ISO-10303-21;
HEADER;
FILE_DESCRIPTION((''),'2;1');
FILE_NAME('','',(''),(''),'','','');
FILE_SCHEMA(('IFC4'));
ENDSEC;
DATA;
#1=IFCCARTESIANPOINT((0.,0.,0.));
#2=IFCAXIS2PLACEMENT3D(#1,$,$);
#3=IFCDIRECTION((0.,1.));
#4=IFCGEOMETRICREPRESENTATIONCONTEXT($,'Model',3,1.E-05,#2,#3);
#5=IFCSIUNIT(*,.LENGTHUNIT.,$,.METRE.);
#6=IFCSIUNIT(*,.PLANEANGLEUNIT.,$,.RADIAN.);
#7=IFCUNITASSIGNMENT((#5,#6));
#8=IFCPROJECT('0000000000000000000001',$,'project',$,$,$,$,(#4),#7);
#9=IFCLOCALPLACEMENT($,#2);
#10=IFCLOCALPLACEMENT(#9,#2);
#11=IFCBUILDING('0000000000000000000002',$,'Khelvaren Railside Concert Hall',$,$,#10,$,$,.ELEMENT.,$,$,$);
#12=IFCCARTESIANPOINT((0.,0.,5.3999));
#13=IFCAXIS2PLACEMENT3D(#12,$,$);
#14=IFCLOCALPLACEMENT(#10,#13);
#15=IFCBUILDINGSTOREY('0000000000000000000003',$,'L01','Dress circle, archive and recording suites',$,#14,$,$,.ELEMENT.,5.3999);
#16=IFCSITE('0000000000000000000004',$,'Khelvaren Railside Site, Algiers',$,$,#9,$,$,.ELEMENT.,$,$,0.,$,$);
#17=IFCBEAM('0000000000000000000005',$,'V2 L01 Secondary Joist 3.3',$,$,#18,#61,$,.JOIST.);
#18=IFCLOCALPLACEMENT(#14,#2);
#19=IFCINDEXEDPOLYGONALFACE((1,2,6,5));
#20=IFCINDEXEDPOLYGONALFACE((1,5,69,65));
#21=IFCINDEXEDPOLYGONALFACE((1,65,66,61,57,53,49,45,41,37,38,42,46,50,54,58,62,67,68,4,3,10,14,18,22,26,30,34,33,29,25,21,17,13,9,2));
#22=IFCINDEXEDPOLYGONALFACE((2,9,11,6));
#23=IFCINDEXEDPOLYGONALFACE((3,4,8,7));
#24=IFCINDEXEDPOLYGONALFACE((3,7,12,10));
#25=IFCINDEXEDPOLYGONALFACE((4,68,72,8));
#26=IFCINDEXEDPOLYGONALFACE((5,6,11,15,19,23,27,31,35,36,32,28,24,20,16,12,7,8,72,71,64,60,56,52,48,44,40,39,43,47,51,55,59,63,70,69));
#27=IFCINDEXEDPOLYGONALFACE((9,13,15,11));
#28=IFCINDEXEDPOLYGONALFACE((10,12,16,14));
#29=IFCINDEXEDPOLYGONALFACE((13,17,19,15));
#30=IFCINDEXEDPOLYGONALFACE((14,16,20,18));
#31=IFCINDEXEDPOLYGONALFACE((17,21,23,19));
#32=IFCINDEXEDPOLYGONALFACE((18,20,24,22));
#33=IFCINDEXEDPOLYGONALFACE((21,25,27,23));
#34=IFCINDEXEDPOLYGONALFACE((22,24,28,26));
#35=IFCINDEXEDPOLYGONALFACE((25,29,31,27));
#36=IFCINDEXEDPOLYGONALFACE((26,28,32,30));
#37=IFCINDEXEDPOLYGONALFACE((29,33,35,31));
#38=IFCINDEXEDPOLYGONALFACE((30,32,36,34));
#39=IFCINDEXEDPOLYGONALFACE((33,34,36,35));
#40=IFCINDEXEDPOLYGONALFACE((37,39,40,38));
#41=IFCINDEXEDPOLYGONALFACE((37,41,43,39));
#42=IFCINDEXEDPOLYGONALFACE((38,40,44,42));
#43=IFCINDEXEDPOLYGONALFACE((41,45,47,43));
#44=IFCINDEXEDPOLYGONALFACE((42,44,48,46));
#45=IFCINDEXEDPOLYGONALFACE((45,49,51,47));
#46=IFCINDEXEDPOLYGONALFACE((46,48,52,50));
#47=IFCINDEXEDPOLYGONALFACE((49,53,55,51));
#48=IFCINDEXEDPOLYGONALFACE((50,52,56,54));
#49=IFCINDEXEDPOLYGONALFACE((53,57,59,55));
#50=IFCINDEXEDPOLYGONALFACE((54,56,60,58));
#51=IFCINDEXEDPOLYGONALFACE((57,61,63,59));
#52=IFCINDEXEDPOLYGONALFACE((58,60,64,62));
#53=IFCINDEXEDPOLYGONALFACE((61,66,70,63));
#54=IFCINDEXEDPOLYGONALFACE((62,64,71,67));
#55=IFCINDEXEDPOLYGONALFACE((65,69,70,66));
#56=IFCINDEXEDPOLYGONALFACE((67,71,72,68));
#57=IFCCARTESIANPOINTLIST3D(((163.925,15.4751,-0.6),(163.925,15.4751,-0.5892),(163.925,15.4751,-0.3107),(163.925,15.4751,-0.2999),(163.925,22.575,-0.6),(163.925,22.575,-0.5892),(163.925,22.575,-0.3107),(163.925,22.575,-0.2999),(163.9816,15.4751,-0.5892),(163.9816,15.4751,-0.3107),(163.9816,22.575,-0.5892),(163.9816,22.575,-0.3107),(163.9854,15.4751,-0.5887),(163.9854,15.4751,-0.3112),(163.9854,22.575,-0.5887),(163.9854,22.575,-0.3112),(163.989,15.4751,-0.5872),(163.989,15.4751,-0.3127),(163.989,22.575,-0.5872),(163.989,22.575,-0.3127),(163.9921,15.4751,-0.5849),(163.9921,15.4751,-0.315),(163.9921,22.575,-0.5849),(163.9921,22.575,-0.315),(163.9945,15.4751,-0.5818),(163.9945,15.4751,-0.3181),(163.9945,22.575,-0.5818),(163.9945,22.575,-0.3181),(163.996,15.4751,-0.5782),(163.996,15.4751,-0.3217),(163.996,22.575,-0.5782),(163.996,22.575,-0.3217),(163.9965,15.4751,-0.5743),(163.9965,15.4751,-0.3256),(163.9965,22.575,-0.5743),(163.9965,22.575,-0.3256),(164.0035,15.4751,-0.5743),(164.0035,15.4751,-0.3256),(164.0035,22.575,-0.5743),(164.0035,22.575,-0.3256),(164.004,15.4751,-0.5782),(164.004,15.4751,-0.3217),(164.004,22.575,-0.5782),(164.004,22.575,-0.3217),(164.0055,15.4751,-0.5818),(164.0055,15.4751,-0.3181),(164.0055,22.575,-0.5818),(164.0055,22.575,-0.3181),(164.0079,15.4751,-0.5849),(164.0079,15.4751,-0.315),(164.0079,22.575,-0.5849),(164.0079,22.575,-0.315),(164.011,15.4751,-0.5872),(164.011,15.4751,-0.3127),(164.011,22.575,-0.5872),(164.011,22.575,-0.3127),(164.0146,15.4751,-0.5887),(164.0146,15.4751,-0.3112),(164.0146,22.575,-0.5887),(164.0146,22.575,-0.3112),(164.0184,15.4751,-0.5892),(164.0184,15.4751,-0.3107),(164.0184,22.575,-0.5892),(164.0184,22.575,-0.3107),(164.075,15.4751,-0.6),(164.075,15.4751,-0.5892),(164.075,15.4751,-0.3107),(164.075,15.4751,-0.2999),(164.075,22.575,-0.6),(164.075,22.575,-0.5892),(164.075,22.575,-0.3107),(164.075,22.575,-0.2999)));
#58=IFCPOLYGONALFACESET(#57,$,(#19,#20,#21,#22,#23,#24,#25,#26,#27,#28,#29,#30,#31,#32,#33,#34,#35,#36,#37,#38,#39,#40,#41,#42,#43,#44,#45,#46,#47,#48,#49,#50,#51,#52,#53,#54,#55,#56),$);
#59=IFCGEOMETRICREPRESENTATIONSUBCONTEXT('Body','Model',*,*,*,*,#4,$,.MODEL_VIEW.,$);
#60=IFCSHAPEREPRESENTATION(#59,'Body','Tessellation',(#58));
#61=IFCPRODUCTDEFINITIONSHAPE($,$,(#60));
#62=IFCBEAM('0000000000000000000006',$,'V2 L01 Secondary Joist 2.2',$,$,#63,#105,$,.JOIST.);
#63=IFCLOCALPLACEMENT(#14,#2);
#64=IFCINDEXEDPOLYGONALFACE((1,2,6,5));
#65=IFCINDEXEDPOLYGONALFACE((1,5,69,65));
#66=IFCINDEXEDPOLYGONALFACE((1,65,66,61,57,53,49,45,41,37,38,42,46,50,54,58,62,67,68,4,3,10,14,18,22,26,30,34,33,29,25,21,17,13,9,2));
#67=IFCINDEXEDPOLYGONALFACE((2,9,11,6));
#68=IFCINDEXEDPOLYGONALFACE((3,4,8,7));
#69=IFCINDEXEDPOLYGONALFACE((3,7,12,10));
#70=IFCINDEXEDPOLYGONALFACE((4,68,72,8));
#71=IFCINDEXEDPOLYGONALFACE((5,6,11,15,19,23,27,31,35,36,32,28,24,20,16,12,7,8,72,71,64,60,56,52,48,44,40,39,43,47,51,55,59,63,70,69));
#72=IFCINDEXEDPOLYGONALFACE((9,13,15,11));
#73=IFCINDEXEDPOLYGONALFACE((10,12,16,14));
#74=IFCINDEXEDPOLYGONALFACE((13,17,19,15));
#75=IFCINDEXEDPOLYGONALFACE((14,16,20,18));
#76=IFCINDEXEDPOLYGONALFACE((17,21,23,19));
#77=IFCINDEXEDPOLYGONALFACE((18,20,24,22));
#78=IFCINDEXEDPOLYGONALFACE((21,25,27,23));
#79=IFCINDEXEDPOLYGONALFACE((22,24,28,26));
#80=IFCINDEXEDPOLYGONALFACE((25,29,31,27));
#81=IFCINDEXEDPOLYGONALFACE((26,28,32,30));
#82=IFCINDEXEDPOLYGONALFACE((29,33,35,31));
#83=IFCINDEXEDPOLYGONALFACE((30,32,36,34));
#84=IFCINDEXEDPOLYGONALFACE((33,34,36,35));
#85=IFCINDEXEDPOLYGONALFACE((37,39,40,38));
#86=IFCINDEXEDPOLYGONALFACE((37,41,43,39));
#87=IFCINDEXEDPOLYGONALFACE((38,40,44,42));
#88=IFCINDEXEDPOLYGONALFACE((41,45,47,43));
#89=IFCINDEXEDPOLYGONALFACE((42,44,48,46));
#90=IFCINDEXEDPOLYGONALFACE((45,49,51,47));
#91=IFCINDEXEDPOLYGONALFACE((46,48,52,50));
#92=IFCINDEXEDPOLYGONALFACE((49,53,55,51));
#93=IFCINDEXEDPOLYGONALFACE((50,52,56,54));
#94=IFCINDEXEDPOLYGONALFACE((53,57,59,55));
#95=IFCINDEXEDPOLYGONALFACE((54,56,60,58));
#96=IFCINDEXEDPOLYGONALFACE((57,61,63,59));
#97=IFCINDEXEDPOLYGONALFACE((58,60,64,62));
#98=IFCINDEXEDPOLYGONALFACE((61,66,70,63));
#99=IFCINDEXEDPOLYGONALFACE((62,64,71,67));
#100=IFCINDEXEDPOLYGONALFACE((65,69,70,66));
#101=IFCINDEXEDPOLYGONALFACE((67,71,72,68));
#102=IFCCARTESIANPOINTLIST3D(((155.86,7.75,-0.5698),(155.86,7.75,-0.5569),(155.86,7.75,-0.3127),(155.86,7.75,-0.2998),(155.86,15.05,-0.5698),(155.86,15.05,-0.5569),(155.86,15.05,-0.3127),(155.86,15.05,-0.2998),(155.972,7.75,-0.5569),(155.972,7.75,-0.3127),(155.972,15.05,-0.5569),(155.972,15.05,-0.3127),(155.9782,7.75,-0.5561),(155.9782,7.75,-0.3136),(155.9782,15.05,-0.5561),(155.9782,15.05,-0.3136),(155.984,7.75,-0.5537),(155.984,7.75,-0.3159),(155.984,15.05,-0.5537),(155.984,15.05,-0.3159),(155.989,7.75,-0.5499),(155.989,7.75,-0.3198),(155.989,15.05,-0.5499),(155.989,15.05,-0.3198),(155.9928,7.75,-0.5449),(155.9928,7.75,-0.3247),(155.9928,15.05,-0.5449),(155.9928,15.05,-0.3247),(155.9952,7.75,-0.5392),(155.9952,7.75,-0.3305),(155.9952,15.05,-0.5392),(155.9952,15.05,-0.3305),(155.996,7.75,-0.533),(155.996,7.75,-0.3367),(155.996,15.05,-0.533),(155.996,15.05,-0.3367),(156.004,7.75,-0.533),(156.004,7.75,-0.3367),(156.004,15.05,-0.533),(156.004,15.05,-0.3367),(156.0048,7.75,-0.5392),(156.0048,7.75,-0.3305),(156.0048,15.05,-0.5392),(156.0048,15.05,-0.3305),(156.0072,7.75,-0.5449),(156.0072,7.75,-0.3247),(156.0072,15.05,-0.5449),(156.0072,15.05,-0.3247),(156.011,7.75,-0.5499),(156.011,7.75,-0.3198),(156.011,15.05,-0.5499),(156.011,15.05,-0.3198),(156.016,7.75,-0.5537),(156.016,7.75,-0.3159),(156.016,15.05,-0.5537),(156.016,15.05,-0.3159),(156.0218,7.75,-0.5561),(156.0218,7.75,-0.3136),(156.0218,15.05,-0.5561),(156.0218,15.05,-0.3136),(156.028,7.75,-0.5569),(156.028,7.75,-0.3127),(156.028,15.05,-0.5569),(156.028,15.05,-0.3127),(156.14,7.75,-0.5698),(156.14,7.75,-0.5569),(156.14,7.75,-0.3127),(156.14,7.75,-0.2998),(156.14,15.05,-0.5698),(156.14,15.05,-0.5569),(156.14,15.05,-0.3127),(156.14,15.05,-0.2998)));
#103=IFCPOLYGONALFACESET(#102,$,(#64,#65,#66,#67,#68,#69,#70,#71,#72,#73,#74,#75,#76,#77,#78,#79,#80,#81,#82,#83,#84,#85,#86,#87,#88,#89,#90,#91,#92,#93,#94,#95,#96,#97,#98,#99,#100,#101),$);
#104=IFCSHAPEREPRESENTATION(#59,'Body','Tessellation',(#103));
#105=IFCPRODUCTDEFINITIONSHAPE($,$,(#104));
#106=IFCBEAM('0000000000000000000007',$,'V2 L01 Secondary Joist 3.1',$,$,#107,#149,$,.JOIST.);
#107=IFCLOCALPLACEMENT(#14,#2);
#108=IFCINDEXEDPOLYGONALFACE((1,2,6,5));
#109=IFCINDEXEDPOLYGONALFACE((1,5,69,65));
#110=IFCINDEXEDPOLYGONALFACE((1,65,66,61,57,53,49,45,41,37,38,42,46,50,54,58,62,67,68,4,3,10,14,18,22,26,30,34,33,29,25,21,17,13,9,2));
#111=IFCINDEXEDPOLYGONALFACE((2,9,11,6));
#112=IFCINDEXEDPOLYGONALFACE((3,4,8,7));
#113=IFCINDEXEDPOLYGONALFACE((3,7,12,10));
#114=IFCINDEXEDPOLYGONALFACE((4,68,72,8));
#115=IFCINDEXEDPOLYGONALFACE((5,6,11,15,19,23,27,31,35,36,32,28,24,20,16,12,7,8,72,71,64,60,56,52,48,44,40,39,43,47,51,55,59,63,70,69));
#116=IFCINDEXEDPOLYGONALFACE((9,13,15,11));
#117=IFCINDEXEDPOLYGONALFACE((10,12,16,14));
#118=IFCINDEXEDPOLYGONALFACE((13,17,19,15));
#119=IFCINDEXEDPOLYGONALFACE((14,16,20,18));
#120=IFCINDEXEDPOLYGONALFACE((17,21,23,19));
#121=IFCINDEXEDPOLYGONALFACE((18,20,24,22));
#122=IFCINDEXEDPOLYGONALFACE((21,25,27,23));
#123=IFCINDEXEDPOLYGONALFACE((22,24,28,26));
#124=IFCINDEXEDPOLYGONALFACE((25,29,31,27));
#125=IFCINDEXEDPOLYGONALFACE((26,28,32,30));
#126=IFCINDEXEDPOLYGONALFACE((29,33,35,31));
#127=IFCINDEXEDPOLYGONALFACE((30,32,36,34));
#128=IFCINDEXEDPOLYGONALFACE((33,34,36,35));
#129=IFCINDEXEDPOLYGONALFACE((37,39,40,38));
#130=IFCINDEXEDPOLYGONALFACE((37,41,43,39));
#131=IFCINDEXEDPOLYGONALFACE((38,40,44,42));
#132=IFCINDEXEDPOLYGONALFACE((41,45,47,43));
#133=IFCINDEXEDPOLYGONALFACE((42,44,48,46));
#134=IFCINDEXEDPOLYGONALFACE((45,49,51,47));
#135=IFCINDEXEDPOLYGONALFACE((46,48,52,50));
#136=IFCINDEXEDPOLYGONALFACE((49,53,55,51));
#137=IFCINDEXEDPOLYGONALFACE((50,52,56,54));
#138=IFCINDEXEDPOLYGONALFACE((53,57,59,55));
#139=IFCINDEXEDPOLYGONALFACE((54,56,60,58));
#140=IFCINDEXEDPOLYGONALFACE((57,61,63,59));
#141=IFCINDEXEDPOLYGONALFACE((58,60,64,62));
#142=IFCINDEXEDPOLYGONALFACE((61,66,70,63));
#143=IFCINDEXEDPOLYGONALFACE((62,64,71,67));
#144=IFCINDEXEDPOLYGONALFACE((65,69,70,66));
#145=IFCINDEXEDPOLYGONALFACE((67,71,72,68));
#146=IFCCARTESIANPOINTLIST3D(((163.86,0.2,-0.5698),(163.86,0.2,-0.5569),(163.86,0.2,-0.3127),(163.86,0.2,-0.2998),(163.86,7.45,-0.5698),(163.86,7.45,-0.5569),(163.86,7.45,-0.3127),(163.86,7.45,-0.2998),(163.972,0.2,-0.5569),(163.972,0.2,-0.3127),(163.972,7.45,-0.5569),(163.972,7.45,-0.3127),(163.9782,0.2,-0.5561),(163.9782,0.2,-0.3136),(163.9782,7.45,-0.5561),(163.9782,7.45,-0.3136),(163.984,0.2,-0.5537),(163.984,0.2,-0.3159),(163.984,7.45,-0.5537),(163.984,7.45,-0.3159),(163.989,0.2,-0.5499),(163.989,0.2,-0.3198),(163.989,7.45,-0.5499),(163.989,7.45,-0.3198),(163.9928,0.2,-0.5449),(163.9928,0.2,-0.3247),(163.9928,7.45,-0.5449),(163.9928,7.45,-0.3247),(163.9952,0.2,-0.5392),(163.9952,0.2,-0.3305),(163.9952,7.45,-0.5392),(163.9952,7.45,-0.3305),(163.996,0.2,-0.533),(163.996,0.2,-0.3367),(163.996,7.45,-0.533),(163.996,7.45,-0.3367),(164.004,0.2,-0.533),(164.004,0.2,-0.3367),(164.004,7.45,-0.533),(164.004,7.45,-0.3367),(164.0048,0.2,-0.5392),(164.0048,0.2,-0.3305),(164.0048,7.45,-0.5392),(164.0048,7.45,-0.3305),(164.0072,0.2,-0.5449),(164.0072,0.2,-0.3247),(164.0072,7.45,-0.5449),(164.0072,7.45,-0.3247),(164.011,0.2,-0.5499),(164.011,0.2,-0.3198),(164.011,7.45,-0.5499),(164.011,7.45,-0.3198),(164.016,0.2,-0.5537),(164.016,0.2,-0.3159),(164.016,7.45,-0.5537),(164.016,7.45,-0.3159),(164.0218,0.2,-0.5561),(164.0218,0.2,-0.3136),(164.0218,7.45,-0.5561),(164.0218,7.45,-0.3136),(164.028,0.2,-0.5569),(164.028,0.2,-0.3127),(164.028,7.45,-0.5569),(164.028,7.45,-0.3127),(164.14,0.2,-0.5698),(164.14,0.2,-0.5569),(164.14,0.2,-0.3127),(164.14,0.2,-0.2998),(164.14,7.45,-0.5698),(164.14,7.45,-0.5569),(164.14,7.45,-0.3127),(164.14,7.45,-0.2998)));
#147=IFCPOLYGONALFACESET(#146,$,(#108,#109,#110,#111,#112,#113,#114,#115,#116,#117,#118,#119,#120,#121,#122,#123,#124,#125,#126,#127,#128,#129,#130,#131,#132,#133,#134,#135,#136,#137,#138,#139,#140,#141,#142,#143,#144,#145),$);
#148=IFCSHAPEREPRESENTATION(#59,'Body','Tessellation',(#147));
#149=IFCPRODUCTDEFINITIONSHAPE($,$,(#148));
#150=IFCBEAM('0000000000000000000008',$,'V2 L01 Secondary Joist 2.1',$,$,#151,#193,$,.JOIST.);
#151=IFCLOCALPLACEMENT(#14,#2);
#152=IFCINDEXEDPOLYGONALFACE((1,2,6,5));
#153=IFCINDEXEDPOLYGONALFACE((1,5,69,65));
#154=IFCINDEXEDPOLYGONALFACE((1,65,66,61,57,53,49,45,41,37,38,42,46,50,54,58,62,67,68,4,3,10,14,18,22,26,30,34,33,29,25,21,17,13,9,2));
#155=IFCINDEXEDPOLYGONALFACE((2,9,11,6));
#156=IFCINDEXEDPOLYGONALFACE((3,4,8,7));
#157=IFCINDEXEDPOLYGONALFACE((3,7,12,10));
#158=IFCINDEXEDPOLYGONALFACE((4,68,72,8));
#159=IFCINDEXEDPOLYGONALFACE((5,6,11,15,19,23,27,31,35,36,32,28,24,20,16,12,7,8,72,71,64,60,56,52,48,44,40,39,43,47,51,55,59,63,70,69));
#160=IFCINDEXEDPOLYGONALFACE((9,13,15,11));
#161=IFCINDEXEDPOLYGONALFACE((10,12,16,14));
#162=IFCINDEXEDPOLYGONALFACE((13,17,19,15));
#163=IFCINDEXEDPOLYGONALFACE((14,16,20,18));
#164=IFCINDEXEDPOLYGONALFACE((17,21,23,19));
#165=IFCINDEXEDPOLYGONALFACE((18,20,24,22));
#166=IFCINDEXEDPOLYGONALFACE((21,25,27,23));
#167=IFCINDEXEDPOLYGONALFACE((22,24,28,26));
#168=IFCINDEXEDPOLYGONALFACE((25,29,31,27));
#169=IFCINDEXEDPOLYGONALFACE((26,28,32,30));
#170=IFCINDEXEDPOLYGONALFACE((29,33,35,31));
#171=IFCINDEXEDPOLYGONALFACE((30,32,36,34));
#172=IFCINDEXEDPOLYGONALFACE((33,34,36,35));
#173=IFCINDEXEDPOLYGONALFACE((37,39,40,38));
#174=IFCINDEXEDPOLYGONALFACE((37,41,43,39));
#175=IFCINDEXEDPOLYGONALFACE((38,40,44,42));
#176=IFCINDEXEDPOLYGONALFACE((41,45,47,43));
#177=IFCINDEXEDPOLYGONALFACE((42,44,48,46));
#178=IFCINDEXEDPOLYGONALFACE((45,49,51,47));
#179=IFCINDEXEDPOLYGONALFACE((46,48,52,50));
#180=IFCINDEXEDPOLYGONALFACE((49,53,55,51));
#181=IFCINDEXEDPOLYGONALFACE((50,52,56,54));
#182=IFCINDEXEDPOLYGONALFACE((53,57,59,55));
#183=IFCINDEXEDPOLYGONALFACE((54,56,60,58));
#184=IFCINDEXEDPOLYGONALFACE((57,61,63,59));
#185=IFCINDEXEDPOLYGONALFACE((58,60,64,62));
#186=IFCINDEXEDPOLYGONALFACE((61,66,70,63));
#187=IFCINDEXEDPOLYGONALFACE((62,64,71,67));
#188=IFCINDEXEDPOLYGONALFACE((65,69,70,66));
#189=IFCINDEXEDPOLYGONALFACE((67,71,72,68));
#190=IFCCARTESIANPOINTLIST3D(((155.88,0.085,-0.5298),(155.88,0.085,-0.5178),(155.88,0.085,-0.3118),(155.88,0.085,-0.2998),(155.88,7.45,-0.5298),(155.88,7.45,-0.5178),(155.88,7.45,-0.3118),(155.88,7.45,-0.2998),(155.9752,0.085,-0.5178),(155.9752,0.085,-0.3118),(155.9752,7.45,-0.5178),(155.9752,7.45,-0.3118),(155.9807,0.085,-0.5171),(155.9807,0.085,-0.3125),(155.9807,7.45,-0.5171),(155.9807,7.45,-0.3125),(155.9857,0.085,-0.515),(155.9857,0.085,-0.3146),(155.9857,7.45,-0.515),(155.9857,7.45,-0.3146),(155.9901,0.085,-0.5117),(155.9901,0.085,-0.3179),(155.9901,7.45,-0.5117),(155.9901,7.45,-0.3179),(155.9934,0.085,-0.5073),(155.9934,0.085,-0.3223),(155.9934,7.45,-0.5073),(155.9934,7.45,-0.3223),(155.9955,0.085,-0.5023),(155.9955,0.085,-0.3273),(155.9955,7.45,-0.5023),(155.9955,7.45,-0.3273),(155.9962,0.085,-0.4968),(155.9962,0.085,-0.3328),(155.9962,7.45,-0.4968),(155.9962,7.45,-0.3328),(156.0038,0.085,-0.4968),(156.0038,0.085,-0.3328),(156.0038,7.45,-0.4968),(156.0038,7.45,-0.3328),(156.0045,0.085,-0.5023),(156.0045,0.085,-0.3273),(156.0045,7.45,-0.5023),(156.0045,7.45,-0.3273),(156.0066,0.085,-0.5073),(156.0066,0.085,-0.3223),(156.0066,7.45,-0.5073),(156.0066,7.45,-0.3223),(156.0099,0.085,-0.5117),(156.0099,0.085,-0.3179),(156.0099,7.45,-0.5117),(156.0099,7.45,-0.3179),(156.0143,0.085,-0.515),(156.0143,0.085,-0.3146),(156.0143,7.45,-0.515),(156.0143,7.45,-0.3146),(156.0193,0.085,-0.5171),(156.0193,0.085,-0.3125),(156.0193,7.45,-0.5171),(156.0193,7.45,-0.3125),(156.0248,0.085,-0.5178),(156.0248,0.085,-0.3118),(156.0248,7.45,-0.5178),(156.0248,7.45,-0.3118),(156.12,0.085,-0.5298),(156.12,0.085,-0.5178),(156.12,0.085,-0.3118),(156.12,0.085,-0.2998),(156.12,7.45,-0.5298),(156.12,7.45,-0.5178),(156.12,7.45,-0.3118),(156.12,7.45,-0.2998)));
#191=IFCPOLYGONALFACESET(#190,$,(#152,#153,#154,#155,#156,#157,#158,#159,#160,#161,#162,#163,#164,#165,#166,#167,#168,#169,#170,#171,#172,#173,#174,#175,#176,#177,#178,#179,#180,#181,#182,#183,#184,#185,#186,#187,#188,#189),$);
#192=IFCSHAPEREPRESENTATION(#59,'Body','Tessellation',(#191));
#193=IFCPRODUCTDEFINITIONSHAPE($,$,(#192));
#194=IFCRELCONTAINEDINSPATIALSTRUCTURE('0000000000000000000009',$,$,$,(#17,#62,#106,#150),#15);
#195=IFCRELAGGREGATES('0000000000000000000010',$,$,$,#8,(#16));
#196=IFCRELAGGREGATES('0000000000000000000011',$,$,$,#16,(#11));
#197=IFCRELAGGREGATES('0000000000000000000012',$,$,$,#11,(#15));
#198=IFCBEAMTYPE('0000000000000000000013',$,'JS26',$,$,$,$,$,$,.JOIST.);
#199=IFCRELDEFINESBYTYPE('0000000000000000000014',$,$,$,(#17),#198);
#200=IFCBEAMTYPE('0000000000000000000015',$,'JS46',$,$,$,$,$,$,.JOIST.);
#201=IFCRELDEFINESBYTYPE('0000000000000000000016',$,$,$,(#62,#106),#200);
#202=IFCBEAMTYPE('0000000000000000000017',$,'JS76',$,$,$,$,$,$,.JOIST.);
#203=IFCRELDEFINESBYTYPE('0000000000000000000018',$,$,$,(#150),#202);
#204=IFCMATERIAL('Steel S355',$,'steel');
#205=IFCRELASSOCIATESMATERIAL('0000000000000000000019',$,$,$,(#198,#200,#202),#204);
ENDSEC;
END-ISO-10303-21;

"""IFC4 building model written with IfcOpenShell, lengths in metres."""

from ifc_helpers import new_model, si_unit, direction, frame, origin, origin_2d, place, context, subcontext, project, spatial, i_section, extrude, material, material_profile, profile_set, type_object, element, save


model = new_model("IFC4")

# Units and contexts
model_context = context("Model", 3, precision=1e-05, world=origin(), true_north=direction((0.0, 1.0)))
body_context = subcontext(model_context, "Body", "Model", "MODEL_VIEW")
ifc_project = project(units=[si_unit("LENGTHUNIT", "METRE"), si_unit("PLANEANGLEUNIT", "RADIAN")], contexts=[model_context])

# Site, building, storey
site_placement = place(None, origin())
site = spatial("IfcSite", under=ifc_project, at=site_placement, Name="Khelvaren Railside Site, Algiers", CompositionType="ELEMENT", RefElevation=0.0)
building_placement = place(site_placement, origin())
building = spatial("IfcBuilding", under=site, at=building_placement, Name="Khelvaren Railside Concert Hall", CompositionType="ELEMENT")
storey_placement = place(building_placement, frame((0.0, 0.0, 5.3999)))
storey = spatial("IfcBuildingStorey", under=building, at=storey_placement, Name="L01", Description="Dress circle, archive and recording suites", CompositionType="ELEMENT", Elevation=5.3999)

# Beams
ifc_material_1 = material(Name="Steel S355", Category="steel")
ifc_material_profile_1 = material_profile(ifc_material_1, i_section(OverallWidth=0.1499, OverallDepth=0.3, WebThickness=0.0071, FlangeThickness=0.0107, FilletRadius=0.0149, at=origin_2d()), Name="IPE 300")
ifc_profile_set_1 = profile_set([ifc_material_profile_1], Name="Steel S355")
beam_type_1 = type_object("IfcBeamType", Name="JS26", PredefinedType="JOIST", material=ifc_profile_set_1)
beam_1_placement = place(storey_placement, frame((164.0, 15.4751, -0.45), z_axis=(0.0, 1.0, 0.0), x_axis=(-1.0, 0.0, 0.0)))
element("IfcBeam", 1, at=beam_1_placement, inside=storey, type_object=beam_type_1, Name="V2 L01 Secondary Joist 3.3", PredefinedType="JOIST", context=body_context, shape_type="SweptSolid", body=[
    extrude(i_section(OverallWidth=0.1499, OverallDepth=0.3, WebThickness=0.0071, FlangeThickness=0.0107, FilletRadius=0.0149, at=origin_2d()), origin(), (0.0, 0.0, 1.0), 7.0999),
])
ifc_material_profile_2 = material_profile(ifc_material_1, i_section(OverallWidth=0.28, OverallDepth=0.27, WebThickness=0.0081, FlangeThickness=0.0129, FilletRadius=0.0239, at=origin_2d()), Name="HEA 280")
ifc_profile_set_2 = profile_set([ifc_material_profile_2], Name="Steel S355")
beam_type_2 = type_object("IfcBeamType", Name="JS46", PredefinedType="JOIST", material=ifc_profile_set_2)
beam_2_placement = place(storey_placement, frame((156.0, 7.75, -0.4348), z_axis=(0.0, 1.0, 0.0), x_axis=(-1.0, 0.0, 0.0)))
element("IfcBeam", 2, at=beam_2_placement, inside=storey, type_object=beam_type_2, Name="V2 L01 Secondary Joist 2.2", PredefinedType="JOIST", context=body_context, shape_type="SweptSolid", body=[
    extrude(i_section(OverallWidth=0.28, OverallDepth=0.27, WebThickness=0.0081, FlangeThickness=0.0129, FilletRadius=0.0239, at=origin_2d()), origin(), (0.0, 0.0, 1.0), 7.3),
])
beam_3_placement = place(storey_placement, frame((164.0, 0.2, -0.4348), z_axis=(0.0, 1.0, 0.0), x_axis=(-1.0, 0.0, 0.0)))
element("IfcBeam", 3, at=beam_3_placement, inside=storey, type_object=beam_type_2, Name="V2 L01 Secondary Joist 3.1", PredefinedType="JOIST", context=body_context, shape_type="SweptSolid", body=[
    extrude(i_section(OverallWidth=0.28, OverallDepth=0.27, WebThickness=0.0081, FlangeThickness=0.0129, FilletRadius=0.0239, at=origin_2d()), origin(), (0.0, 0.0, 1.0), 7.25),
])
ifc_material_profile_3 = material_profile(ifc_material_1, i_section(OverallWidth=0.24, OverallDepth=0.23, WebThickness=0.0076, FlangeThickness=0.012, FilletRadius=0.021, at=origin_2d()), Name="HEA 240")
ifc_profile_set_3 = profile_set([ifc_material_profile_3], Name="Steel S355")
beam_type_3 = type_object("IfcBeamType", Name="JS76", PredefinedType="JOIST", material=ifc_profile_set_3)
beam_4_placement = place(storey_placement, frame((156.0, 0.085, -0.4148), z_axis=(0.0, 1.0, 0.0), x_axis=(-1.0, 0.0, 0.0)))
element("IfcBeam", 4, at=beam_4_placement, inside=storey, type_object=beam_type_3, Name="V2 L01 Secondary Joist 2.1", PredefinedType="JOIST", context=body_context, shape_type="SweptSolid", body=[
    extrude(i_section(OverallWidth=0.24, OverallDepth=0.23, WebThickness=0.0076, FlangeThickness=0.012, FilletRadius=0.021, at=origin_2d()), origin(), (0.0, 0.0, 1.0), 7.365),
])

save(model, "model.ifc")
